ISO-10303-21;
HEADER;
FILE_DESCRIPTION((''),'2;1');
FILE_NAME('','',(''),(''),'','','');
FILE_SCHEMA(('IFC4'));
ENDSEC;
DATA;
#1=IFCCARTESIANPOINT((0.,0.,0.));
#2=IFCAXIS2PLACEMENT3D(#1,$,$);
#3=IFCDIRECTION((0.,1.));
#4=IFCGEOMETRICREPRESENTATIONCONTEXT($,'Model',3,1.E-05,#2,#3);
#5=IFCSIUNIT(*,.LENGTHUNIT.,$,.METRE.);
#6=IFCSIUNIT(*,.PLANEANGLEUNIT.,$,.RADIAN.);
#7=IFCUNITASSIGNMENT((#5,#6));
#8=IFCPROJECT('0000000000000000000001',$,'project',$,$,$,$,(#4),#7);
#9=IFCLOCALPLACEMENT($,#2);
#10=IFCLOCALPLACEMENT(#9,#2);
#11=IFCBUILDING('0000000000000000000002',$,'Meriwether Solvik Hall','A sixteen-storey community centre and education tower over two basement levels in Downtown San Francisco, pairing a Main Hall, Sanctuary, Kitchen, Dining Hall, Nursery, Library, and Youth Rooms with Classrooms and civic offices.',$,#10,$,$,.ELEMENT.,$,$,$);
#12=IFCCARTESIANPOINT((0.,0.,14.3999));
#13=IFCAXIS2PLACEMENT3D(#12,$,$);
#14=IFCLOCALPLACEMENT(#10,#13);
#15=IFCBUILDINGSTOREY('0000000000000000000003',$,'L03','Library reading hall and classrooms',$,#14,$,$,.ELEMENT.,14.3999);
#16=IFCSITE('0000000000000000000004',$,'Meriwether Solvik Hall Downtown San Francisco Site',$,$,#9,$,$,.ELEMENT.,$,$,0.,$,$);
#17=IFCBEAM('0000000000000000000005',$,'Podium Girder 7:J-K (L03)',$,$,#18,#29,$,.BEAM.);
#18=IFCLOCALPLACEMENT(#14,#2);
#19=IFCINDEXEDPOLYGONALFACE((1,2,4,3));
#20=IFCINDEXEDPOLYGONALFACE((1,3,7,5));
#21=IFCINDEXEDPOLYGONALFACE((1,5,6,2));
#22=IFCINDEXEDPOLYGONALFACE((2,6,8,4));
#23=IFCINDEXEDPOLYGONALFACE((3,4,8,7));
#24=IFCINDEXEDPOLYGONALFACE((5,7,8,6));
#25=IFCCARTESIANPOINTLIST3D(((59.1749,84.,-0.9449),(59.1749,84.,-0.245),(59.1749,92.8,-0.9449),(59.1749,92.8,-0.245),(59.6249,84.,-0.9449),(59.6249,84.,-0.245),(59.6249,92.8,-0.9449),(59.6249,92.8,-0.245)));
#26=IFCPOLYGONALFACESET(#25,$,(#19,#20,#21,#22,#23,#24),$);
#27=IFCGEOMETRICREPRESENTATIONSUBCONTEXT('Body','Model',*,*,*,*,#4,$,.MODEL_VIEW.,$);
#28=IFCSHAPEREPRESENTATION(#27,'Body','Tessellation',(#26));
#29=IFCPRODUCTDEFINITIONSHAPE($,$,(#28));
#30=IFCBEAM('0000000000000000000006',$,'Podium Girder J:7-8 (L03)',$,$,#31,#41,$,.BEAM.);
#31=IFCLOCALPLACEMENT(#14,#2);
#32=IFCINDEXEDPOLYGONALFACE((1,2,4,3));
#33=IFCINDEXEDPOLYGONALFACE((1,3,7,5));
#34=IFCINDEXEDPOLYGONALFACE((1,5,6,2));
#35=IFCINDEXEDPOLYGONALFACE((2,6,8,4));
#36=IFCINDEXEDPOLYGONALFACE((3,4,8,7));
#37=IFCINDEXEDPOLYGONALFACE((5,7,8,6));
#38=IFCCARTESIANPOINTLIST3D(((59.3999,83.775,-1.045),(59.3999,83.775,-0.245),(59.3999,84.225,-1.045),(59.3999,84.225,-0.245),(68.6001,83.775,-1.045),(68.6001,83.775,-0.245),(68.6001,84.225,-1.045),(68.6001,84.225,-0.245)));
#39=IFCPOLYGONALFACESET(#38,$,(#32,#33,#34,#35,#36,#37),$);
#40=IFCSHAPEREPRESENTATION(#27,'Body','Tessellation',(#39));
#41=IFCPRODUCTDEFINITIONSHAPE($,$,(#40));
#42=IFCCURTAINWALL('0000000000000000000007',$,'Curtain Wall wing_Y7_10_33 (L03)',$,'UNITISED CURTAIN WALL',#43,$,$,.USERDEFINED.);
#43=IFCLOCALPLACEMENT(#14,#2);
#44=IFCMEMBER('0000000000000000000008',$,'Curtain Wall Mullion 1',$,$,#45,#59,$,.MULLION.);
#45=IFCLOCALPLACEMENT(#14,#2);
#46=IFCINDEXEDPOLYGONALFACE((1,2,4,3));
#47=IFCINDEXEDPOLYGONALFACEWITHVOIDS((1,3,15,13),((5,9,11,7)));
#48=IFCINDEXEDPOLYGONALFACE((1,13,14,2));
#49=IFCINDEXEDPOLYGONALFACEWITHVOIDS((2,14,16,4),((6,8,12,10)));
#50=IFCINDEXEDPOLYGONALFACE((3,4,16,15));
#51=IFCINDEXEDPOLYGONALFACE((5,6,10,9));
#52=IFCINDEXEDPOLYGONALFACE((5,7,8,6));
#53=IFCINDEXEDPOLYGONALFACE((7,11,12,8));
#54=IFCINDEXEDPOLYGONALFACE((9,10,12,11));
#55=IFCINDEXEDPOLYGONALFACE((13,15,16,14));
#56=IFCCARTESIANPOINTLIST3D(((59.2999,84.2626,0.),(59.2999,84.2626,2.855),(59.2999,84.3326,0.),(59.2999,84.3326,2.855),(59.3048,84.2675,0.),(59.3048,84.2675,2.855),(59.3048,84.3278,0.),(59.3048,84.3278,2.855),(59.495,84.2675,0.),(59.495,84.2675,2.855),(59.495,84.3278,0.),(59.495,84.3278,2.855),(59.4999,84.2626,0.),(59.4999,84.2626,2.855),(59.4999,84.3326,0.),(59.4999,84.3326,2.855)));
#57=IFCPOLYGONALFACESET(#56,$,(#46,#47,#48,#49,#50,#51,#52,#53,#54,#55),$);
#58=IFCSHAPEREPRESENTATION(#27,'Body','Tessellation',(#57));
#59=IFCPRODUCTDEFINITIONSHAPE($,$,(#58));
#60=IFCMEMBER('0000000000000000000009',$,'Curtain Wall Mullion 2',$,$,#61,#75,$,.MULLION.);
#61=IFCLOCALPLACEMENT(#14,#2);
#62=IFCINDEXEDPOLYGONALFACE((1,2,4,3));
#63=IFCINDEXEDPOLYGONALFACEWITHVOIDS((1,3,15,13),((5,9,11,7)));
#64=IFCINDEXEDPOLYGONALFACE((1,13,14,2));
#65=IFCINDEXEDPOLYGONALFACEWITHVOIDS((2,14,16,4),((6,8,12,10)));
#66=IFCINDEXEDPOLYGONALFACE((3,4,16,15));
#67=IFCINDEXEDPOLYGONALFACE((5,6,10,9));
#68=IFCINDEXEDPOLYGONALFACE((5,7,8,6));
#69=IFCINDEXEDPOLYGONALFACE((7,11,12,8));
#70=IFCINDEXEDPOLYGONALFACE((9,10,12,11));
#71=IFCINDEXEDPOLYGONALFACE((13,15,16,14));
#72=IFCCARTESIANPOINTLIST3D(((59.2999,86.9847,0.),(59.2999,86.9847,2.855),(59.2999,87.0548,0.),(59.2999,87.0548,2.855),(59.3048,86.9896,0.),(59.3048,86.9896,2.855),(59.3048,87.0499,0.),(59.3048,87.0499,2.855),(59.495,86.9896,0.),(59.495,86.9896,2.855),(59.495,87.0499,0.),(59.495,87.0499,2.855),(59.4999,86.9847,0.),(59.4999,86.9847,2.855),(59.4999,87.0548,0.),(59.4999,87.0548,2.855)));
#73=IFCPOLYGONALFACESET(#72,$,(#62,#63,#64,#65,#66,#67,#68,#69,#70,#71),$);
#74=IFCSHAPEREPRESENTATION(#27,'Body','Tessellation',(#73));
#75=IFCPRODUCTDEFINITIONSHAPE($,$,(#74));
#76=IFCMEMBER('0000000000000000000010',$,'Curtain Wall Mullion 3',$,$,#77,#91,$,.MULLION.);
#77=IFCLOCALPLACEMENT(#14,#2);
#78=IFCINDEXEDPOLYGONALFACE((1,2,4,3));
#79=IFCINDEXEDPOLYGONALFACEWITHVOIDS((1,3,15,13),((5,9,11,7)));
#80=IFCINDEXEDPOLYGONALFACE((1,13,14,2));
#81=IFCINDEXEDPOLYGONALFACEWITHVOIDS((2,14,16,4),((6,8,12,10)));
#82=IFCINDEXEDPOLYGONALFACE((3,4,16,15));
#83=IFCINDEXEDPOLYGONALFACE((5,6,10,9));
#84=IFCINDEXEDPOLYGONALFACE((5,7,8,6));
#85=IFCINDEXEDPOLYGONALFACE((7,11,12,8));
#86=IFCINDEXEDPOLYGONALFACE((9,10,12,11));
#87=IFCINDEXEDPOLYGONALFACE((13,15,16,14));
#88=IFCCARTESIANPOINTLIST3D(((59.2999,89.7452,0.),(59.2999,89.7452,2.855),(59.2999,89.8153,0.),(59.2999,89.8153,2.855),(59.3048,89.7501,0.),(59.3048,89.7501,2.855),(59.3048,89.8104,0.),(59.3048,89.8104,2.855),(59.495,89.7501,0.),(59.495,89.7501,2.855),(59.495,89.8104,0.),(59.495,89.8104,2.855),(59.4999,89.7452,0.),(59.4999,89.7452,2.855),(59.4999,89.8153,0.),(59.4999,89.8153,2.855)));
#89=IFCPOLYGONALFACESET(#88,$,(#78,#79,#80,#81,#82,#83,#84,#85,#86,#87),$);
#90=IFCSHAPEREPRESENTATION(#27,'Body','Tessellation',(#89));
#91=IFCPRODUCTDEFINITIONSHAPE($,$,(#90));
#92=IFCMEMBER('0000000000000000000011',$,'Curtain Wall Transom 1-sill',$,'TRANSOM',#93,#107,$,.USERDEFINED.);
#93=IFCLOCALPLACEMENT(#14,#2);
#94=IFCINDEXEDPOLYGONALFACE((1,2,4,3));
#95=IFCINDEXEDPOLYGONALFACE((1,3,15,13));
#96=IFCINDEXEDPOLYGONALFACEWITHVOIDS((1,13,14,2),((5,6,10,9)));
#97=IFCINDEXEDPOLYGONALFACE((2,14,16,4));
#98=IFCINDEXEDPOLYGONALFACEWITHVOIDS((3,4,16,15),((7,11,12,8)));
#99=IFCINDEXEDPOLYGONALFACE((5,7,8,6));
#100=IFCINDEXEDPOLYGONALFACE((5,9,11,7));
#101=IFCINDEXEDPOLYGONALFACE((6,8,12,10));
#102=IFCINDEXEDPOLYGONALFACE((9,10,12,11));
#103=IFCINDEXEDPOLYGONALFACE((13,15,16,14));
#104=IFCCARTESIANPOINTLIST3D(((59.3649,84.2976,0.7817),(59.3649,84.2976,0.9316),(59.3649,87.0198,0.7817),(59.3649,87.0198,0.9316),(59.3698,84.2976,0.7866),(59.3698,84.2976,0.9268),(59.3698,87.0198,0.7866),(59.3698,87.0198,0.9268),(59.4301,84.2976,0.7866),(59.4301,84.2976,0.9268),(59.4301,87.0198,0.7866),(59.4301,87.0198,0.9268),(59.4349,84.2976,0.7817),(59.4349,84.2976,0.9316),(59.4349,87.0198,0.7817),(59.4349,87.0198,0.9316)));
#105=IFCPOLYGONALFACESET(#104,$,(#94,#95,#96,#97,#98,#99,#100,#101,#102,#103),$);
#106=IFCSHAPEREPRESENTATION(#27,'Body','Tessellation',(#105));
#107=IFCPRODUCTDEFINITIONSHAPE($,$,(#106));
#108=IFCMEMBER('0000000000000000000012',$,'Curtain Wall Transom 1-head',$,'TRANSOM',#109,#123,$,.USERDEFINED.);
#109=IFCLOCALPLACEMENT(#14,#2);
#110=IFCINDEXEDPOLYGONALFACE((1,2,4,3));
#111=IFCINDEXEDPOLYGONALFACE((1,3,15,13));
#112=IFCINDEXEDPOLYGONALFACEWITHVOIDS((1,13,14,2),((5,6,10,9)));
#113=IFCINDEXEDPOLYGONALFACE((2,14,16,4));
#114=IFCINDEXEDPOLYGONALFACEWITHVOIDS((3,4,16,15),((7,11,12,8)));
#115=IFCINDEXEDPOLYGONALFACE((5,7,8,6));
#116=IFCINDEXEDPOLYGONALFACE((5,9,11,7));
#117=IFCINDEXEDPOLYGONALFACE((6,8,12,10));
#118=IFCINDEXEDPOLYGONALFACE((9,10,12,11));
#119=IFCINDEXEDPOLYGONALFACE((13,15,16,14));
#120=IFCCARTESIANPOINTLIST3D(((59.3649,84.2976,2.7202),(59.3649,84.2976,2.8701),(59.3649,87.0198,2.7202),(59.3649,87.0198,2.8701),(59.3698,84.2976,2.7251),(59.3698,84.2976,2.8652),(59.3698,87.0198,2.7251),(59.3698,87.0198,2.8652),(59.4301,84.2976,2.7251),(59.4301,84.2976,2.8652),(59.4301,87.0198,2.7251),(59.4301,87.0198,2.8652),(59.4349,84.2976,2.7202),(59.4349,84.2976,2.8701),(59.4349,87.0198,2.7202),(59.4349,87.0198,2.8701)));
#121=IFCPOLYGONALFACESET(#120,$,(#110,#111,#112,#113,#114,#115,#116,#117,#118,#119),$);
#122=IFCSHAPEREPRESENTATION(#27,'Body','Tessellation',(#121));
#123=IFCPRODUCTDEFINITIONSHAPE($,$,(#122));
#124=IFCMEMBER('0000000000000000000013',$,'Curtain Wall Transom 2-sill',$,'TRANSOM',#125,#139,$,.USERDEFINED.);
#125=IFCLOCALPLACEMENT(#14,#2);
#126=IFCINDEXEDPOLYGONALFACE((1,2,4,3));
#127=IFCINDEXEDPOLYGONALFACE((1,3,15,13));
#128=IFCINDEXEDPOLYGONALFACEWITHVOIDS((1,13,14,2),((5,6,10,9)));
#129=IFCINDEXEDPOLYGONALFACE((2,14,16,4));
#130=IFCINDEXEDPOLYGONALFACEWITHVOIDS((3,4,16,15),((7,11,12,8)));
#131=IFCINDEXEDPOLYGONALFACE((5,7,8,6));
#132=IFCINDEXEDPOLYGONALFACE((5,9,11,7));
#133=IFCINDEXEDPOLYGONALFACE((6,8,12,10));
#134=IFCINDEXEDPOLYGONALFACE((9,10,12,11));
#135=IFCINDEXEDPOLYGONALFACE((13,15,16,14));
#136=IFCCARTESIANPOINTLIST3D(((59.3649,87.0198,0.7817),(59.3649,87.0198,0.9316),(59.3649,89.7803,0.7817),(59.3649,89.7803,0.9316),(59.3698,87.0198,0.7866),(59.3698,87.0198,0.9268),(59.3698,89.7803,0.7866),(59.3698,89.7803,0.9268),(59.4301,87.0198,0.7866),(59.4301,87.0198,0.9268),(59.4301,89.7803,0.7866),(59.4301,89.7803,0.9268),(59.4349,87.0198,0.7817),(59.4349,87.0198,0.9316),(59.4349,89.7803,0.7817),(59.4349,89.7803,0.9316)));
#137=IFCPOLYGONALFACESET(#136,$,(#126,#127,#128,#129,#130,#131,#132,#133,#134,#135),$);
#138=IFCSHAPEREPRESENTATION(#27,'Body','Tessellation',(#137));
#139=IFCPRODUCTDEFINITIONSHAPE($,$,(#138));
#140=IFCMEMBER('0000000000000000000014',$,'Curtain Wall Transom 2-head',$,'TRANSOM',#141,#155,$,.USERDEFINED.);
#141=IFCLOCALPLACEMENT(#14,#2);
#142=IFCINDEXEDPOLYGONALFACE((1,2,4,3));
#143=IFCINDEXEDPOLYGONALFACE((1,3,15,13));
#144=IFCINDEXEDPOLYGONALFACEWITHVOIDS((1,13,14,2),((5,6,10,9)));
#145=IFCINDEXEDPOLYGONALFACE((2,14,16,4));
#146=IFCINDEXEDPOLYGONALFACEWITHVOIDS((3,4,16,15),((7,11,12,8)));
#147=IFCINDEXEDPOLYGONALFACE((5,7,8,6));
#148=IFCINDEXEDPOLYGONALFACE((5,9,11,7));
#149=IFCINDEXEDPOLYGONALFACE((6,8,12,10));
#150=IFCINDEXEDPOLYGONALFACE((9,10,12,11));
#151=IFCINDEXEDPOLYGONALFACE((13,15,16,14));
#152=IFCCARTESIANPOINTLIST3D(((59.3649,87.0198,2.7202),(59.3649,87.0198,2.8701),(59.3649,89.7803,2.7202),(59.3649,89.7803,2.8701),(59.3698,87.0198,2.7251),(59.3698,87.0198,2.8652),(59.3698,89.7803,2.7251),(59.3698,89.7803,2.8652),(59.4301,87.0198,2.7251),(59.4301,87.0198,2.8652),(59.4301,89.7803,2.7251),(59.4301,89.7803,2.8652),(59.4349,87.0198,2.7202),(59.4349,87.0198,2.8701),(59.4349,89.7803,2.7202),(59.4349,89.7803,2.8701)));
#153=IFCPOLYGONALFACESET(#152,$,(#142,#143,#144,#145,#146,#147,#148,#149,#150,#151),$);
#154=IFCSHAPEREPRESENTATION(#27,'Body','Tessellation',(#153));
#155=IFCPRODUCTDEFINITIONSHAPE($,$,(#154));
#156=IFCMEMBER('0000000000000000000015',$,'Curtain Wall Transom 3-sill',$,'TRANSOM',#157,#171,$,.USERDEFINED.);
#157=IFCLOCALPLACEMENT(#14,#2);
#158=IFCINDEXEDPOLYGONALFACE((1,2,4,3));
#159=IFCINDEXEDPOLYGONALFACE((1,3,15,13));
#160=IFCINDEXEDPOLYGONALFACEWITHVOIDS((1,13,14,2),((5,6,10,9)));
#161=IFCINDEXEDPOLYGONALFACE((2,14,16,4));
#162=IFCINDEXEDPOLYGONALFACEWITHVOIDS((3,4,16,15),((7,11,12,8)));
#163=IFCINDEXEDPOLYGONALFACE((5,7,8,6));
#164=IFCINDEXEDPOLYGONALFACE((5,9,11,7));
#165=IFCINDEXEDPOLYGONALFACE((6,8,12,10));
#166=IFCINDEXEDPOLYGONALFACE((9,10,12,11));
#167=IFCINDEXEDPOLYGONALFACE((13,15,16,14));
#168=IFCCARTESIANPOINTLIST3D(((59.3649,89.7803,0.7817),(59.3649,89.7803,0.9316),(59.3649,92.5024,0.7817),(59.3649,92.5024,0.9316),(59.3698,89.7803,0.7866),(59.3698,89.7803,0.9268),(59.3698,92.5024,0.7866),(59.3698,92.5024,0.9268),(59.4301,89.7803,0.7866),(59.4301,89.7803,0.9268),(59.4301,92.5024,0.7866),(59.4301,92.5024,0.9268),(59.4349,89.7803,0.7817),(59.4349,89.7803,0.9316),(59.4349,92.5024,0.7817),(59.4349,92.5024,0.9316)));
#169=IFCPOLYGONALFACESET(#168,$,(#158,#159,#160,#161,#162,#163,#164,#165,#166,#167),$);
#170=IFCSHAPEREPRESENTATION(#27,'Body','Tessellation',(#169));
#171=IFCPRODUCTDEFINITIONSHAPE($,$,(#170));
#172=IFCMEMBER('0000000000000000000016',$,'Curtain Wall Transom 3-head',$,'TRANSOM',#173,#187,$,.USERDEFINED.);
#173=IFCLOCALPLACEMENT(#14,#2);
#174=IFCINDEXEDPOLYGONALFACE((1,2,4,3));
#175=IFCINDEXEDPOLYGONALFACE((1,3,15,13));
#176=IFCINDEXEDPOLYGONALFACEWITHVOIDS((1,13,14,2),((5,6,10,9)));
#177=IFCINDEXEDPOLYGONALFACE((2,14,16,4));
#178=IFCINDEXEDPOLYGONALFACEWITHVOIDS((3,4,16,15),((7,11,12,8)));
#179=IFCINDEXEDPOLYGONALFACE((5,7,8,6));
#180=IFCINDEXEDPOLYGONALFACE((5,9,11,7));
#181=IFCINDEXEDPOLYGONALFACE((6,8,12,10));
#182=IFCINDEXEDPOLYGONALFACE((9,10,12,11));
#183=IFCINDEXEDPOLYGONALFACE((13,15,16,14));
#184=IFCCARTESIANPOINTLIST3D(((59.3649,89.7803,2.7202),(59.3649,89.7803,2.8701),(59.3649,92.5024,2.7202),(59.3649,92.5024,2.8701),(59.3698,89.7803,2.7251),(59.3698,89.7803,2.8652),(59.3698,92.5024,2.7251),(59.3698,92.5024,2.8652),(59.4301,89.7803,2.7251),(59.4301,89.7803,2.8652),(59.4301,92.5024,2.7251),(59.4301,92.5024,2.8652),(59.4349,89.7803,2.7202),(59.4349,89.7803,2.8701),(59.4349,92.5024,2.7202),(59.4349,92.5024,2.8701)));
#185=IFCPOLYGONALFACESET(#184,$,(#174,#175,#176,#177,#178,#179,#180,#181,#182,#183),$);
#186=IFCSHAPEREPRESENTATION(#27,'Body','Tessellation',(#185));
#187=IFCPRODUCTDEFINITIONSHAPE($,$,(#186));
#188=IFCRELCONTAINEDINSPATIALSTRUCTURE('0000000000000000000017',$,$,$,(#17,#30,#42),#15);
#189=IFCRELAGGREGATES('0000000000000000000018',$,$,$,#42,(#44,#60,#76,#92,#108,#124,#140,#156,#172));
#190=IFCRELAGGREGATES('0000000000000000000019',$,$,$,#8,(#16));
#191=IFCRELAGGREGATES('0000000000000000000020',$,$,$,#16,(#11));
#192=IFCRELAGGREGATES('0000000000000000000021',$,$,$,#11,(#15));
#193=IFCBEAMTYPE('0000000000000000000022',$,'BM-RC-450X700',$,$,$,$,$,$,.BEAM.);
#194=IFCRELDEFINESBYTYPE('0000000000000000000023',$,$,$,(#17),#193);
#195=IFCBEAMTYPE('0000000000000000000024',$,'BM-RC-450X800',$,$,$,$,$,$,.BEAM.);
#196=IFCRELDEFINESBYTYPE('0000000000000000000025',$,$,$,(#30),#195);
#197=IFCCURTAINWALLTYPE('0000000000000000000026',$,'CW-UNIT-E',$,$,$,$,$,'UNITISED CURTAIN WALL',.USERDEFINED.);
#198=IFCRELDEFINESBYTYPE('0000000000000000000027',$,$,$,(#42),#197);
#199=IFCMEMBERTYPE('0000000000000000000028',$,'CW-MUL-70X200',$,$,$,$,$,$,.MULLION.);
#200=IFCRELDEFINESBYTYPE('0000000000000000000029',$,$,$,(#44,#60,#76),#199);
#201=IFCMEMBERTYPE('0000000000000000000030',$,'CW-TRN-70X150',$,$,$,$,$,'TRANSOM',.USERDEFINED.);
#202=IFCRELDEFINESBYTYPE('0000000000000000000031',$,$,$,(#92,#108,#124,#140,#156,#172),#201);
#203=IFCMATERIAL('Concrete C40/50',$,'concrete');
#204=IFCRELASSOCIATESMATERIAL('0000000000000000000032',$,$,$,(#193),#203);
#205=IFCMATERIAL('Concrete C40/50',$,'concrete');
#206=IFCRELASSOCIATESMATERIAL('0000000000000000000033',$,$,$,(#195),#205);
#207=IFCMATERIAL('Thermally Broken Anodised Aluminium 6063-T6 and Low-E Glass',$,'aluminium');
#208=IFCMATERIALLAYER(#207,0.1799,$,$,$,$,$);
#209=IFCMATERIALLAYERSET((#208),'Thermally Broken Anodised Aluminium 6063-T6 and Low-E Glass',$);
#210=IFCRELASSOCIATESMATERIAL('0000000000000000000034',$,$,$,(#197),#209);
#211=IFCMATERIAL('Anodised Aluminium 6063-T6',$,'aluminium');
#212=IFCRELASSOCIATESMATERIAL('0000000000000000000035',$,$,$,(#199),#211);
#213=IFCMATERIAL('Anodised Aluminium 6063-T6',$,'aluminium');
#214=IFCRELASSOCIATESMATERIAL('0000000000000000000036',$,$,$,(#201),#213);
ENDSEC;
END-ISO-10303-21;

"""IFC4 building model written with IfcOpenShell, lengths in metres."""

from ifc_helpers import new_model, si_unit, direction, frame, origin, origin_2d, place, context, subcontext, project, spatial, rectangle, hollow_rectangle, extrude, material, layer, layer_set, material_profile, profile_set, type_object, element, aggregate, save


model = new_model("IFC4")

# Units and contexts
model_context = context("Model", 3, precision=1e-05, world=origin(), true_north=direction((0.0, 1.0)))
body_context = subcontext(model_context, "Body", "Model", "MODEL_VIEW")
ifc_project = project(units=[si_unit("LENGTHUNIT", "METRE"), si_unit("PLANEANGLEUNIT", "RADIAN")], contexts=[model_context])

# Site, building, storey
site_placement = place(None, origin())
site = spatial("IfcSite", under=ifc_project, at=site_placement, Name="Meriwether Solvik Hall Downtown San Francisco Site", CompositionType="ELEMENT", RefElevation=0.0)
building_placement = place(site_placement, origin())
building = spatial("IfcBuilding", under=site, at=building_placement, Name="Meriwether Solvik Hall", Description="A sixteen-storey community centre and education tower over two basement levels in Downtown San Francisco, pairing a Main Hall, Sanctuary, Kitchen, Dining Hall, Nursery, Library, and Youth Rooms with Classrooms and civic offices.", CompositionType="ELEMENT")
storey_placement = place(building_placement, frame((0.0, 0.0, 14.3999)))
storey = spatial("IfcBuildingStorey", under=building, at=storey_placement, Name="L03", Description="Library reading hall and classrooms", CompositionType="ELEMENT", Elevation=14.3999)

# Beams
ifc_material_1 = material(Name="Concrete C40/50", Category="concrete")
ifc_material_profile_1 = material_profile(ifc_material_1, rectangle(XDim=0.45, YDim=0.7, at=origin_2d()), Name="RCB-450X700")
ifc_profile_set_1 = profile_set([ifc_material_profile_1], Name="Concrete C40/50")
beam_type_1 = type_object("IfcBeamType", Name="BM-RC-450X700", PredefinedType="BEAM", material=ifc_profile_set_1)
beam_1_placement = place(storey_placement, frame((59.3999, 84.0, -0.595), z_axis=(0.0, 1.0, 0.0), x_axis=(-1.0, 0.0, 0.0)))
element("IfcBeam", 1, at=beam_1_placement, inside=storey, type_object=beam_type_1, Name="Podium Girder 7:J-K (L03)", PredefinedType="BEAM", context=body_context, shape_type="SweptSolid", body=[
    extrude(rectangle(XDim=0.45, YDim=0.7, at=origin_2d()), origin(), (0.0, 0.0, 1.0), 8.8),
])
ifc_material_2 = material(Name="Concrete C40/50", Category="concrete")
ifc_material_profile_2 = material_profile(ifc_material_2, rectangle(XDim=0.45, YDim=0.8, at=origin_2d()), Name="RCB-450X800")
ifc_profile_set_2 = profile_set([ifc_material_profile_2], Name="Concrete C40/50")
beam_type_2 = type_object("IfcBeamType", Name="BM-RC-450X800", PredefinedType="BEAM", material=ifc_profile_set_2)
beam_2_placement = place(storey_placement, frame((59.3999, 84.0, -0.645), z_axis=(1.0, 0.0, 0.0), x_axis=(0.0, 1.0, 0.0)))
element("IfcBeam", 2, at=beam_2_placement, inside=storey, type_object=beam_type_2, Name="Podium Girder J:7-8 (L03)", PredefinedType="BEAM", context=body_context, shape_type="SweptSolid", body=[
    extrude(rectangle(XDim=0.45, YDim=0.8, at=origin_2d()), origin(), (0.0, 0.0, 1.0), 9.2002),
])

# Curtain wall, members
ifc_material_3 = material(Name="Thermally Broken Anodised Aluminium 6063-T6 and Low-E Glass", Category="aluminium")
ifc_layer_1 = layer(ifc_material_3, 0.1799)
ifc_layer_set_1 = layer_set([ifc_layer_1], Name="Thermally Broken Anodised Aluminium 6063-T6 and Low-E Glass")
curtain_wall_type = type_object("IfcCurtainWallType", Name="CW-UNIT-E", ElementType="UNITISED CURTAIN WALL", PredefinedType="USERDEFINED", material=ifc_layer_set_1)
curtain_wall_placement = place(storey_placement, origin())
curtain_wall = element("IfcCurtainWall", 3, at=curtain_wall_placement, inside=storey, type_object=curtain_wall_type, Name="Curtain Wall wing_Y7_10_33 (L03)", ObjectType="UNITISED CURTAIN WALL", PredefinedType="USERDEFINED")
ifc_material_4 = material(Name="Anodised Aluminium 6063-T6", Category="aluminium")
ifc_material_profile_3 = material_profile(ifc_material_4, hollow_rectangle(XDim=0.0701, YDim=0.2, WallThickness=0.0049, at=origin_2d()), Name="CWM-70X200")
ifc_profile_set_3 = profile_set([ifc_material_profile_3], Name="Anodised Aluminium 6063-T6")
member_type_1 = type_object("IfcMemberType", Name="CW-MUL-70X200", PredefinedType="MULLION", material=ifc_profile_set_3)
member_1_placement = place(storey_placement, frame((59.3999, 84.2976, 0.0), z_axis=(0.0, 0.0, 1.0), x_axis=(0.0, 1.0, 0.0)))
member_1 = element("IfcMember", 4, at=member_1_placement, type_object=member_type_1, Name="Curtain Wall Mullion 1", PredefinedType="MULLION", context=body_context, shape_type="SweptSolid", body=[
    extrude(hollow_rectangle(XDim=0.0701, YDim=0.2, WallThickness=0.0049, at=origin_2d()), origin(), (0.0, 0.0, 1.0), 2.855),
])
member_2_placement = place(storey_placement, frame((59.3999, 87.0198, 0.0), z_axis=(0.0, 0.0, 1.0), x_axis=(0.0, 1.0, 0.0)))
member_2 = element("IfcMember", 5, at=member_2_placement, type_object=member_type_1, Name="Curtain Wall Mullion 2", PredefinedType="MULLION", context=body_context, shape_type="SweptSolid", body=[
    extrude(hollow_rectangle(XDim=0.0701, YDim=0.2, WallThickness=0.0049, at=origin_2d()), origin(), (0.0, 0.0, 1.0), 2.855),
])
member_3_placement = place(storey_placement, frame((59.3999, 89.7803, 0.0), z_axis=(0.0, 0.0, 1.0), x_axis=(0.0, 1.0, 0.0)))
member_3 = element("IfcMember", 6, at=member_3_placement, type_object=member_type_1, Name="Curtain Wall Mullion 3", PredefinedType="MULLION", context=body_context, shape_type="SweptSolid", body=[
    extrude(hollow_rectangle(XDim=0.0701, YDim=0.2, WallThickness=0.0049, at=origin_2d()), origin(), (0.0, 0.0, 1.0), 2.855),
])
ifc_material_5 = material(Name="Anodised Aluminium 6063-T6", Category="aluminium")
ifc_material_profile_4 = material_profile(ifc_material_5, hollow_rectangle(XDim=0.0701, YDim=0.1499, WallThickness=0.0049, at=origin_2d()), Name="CWT-70X150")
ifc_profile_set_4 = profile_set([ifc_material_profile_4], Name="Anodised Aluminium 6063-T6")
member_type_2 = type_object("IfcMemberType", Name="CW-TRN-70X150", ElementType="TRANSOM", PredefinedType="USERDEFINED", material=ifc_profile_set_4)
member_4_placement = place(storey_placement, frame((59.3999, 84.2976, 0.8567), z_axis=(0.0, 1.0, 0.0), x_axis=(-1.0, 0.0, 0.0)))
member_4 = element("IfcMember", 7, at=member_4_placement, type_object=member_type_2, Name="Curtain Wall Transom 1-sill", ObjectType="TRANSOM", PredefinedType="USERDEFINED", context=body_context, shape_type="SweptSolid", body=[
    extrude(hollow_rectangle(XDim=0.0701, YDim=0.1499, WallThickness=0.0049, at=origin_2d()), origin(), (0.0, 0.0, 1.0), 2.7222),
])
member_5_placement = place(storey_placement, frame((59.3999, 84.2976, 2.7952), z_axis=(0.0, 1.0, 0.0), x_axis=(-1.0, 0.0, 0.0)))
member_5 = element("IfcMember", 8, at=member_5_placement, type_object=member_type_2, Name="Curtain Wall Transom 1-head", ObjectType="TRANSOM", PredefinedType="USERDEFINED", context=body_context, shape_type="SweptSolid", body=[
    extrude(hollow_rectangle(XDim=0.0701, YDim=0.1499, WallThickness=0.0049, at=origin_2d()), origin(), (0.0, 0.0, 1.0), 2.7222),
])
member_6_placement = place(storey_placement, frame((59.3999, 87.0198, 0.8567), z_axis=(0.0, 1.0, 0.0), x_axis=(-1.0, 0.0, 0.0)))
member_6 = element("IfcMember", 9, at=member_6_placement, type_object=member_type_2, Name="Curtain Wall Transom 2-sill", ObjectType="TRANSOM", PredefinedType="USERDEFINED", context=body_context, shape_type="SweptSolid", body=[
    extrude(hollow_rectangle(XDim=0.0701, YDim=0.1499, WallThickness=0.0049, at=origin_2d()), origin(), (0.0, 0.0, 1.0), 2.7605),
])
member_7_placement = place(storey_placement, frame((59.3999, 87.0198, 2.7952), z_axis=(0.0, 1.0, 0.0), x_axis=(-1.0, 0.0, 0.0)))
member_7 = element("IfcMember", 10, at=member_7_placement, type_object=member_type_2, Name="Curtain Wall Transom 2-head", ObjectType="TRANSOM", PredefinedType="USERDEFINED", context=body_context, shape_type="SweptSolid", body=[
    extrude(hollow_rectangle(XDim=0.0701, YDim=0.1499, WallThickness=0.0049, at=origin_2d()), origin(), (0.0, 0.0, 1.0), 2.7605),
])
member_8_placement = place(storey_placement, frame((59.3999, 89.7803, 0.8567), z_axis=(0.0, 1.0, 0.0), x_axis=(-1.0, 0.0, 0.0)))
member_8 = element("IfcMember", 11, at=member_8_placement, type_object=member_type_2, Name="Curtain Wall Transom 3-sill", ObjectType="TRANSOM", PredefinedType="USERDEFINED", context=body_context, shape_type="SweptSolid", body=[
    extrude(hollow_rectangle(XDim=0.0701, YDim=0.1499, WallThickness=0.0049, at=origin_2d()), origin(), (0.0, 0.0, 1.0), 2.7222),
])
member_9_placement = place(storey_placement, frame((59.3999, 89.7803, 2.7952), z_axis=(0.0, 1.0, 0.0), x_axis=(-1.0, 0.0, 0.0)))
member_9 = element("IfcMember", 12, at=member_9_placement, type_object=member_type_2, Name="Curtain Wall Transom 3-head", ObjectType="TRANSOM", PredefinedType="USERDEFINED", context=body_context, shape_type="SweptSolid", body=[
    extrude(hollow_rectangle(XDim=0.0701, YDim=0.1499, WallThickness=0.0049, at=origin_2d()), origin(), (0.0, 0.0, 1.0), 2.7222),
])
aggregate(curtain_wall, [member_1, member_2, member_3, member_4, member_5, member_6, member_7, member_8, member_9])

save(model, "model.ifc")
